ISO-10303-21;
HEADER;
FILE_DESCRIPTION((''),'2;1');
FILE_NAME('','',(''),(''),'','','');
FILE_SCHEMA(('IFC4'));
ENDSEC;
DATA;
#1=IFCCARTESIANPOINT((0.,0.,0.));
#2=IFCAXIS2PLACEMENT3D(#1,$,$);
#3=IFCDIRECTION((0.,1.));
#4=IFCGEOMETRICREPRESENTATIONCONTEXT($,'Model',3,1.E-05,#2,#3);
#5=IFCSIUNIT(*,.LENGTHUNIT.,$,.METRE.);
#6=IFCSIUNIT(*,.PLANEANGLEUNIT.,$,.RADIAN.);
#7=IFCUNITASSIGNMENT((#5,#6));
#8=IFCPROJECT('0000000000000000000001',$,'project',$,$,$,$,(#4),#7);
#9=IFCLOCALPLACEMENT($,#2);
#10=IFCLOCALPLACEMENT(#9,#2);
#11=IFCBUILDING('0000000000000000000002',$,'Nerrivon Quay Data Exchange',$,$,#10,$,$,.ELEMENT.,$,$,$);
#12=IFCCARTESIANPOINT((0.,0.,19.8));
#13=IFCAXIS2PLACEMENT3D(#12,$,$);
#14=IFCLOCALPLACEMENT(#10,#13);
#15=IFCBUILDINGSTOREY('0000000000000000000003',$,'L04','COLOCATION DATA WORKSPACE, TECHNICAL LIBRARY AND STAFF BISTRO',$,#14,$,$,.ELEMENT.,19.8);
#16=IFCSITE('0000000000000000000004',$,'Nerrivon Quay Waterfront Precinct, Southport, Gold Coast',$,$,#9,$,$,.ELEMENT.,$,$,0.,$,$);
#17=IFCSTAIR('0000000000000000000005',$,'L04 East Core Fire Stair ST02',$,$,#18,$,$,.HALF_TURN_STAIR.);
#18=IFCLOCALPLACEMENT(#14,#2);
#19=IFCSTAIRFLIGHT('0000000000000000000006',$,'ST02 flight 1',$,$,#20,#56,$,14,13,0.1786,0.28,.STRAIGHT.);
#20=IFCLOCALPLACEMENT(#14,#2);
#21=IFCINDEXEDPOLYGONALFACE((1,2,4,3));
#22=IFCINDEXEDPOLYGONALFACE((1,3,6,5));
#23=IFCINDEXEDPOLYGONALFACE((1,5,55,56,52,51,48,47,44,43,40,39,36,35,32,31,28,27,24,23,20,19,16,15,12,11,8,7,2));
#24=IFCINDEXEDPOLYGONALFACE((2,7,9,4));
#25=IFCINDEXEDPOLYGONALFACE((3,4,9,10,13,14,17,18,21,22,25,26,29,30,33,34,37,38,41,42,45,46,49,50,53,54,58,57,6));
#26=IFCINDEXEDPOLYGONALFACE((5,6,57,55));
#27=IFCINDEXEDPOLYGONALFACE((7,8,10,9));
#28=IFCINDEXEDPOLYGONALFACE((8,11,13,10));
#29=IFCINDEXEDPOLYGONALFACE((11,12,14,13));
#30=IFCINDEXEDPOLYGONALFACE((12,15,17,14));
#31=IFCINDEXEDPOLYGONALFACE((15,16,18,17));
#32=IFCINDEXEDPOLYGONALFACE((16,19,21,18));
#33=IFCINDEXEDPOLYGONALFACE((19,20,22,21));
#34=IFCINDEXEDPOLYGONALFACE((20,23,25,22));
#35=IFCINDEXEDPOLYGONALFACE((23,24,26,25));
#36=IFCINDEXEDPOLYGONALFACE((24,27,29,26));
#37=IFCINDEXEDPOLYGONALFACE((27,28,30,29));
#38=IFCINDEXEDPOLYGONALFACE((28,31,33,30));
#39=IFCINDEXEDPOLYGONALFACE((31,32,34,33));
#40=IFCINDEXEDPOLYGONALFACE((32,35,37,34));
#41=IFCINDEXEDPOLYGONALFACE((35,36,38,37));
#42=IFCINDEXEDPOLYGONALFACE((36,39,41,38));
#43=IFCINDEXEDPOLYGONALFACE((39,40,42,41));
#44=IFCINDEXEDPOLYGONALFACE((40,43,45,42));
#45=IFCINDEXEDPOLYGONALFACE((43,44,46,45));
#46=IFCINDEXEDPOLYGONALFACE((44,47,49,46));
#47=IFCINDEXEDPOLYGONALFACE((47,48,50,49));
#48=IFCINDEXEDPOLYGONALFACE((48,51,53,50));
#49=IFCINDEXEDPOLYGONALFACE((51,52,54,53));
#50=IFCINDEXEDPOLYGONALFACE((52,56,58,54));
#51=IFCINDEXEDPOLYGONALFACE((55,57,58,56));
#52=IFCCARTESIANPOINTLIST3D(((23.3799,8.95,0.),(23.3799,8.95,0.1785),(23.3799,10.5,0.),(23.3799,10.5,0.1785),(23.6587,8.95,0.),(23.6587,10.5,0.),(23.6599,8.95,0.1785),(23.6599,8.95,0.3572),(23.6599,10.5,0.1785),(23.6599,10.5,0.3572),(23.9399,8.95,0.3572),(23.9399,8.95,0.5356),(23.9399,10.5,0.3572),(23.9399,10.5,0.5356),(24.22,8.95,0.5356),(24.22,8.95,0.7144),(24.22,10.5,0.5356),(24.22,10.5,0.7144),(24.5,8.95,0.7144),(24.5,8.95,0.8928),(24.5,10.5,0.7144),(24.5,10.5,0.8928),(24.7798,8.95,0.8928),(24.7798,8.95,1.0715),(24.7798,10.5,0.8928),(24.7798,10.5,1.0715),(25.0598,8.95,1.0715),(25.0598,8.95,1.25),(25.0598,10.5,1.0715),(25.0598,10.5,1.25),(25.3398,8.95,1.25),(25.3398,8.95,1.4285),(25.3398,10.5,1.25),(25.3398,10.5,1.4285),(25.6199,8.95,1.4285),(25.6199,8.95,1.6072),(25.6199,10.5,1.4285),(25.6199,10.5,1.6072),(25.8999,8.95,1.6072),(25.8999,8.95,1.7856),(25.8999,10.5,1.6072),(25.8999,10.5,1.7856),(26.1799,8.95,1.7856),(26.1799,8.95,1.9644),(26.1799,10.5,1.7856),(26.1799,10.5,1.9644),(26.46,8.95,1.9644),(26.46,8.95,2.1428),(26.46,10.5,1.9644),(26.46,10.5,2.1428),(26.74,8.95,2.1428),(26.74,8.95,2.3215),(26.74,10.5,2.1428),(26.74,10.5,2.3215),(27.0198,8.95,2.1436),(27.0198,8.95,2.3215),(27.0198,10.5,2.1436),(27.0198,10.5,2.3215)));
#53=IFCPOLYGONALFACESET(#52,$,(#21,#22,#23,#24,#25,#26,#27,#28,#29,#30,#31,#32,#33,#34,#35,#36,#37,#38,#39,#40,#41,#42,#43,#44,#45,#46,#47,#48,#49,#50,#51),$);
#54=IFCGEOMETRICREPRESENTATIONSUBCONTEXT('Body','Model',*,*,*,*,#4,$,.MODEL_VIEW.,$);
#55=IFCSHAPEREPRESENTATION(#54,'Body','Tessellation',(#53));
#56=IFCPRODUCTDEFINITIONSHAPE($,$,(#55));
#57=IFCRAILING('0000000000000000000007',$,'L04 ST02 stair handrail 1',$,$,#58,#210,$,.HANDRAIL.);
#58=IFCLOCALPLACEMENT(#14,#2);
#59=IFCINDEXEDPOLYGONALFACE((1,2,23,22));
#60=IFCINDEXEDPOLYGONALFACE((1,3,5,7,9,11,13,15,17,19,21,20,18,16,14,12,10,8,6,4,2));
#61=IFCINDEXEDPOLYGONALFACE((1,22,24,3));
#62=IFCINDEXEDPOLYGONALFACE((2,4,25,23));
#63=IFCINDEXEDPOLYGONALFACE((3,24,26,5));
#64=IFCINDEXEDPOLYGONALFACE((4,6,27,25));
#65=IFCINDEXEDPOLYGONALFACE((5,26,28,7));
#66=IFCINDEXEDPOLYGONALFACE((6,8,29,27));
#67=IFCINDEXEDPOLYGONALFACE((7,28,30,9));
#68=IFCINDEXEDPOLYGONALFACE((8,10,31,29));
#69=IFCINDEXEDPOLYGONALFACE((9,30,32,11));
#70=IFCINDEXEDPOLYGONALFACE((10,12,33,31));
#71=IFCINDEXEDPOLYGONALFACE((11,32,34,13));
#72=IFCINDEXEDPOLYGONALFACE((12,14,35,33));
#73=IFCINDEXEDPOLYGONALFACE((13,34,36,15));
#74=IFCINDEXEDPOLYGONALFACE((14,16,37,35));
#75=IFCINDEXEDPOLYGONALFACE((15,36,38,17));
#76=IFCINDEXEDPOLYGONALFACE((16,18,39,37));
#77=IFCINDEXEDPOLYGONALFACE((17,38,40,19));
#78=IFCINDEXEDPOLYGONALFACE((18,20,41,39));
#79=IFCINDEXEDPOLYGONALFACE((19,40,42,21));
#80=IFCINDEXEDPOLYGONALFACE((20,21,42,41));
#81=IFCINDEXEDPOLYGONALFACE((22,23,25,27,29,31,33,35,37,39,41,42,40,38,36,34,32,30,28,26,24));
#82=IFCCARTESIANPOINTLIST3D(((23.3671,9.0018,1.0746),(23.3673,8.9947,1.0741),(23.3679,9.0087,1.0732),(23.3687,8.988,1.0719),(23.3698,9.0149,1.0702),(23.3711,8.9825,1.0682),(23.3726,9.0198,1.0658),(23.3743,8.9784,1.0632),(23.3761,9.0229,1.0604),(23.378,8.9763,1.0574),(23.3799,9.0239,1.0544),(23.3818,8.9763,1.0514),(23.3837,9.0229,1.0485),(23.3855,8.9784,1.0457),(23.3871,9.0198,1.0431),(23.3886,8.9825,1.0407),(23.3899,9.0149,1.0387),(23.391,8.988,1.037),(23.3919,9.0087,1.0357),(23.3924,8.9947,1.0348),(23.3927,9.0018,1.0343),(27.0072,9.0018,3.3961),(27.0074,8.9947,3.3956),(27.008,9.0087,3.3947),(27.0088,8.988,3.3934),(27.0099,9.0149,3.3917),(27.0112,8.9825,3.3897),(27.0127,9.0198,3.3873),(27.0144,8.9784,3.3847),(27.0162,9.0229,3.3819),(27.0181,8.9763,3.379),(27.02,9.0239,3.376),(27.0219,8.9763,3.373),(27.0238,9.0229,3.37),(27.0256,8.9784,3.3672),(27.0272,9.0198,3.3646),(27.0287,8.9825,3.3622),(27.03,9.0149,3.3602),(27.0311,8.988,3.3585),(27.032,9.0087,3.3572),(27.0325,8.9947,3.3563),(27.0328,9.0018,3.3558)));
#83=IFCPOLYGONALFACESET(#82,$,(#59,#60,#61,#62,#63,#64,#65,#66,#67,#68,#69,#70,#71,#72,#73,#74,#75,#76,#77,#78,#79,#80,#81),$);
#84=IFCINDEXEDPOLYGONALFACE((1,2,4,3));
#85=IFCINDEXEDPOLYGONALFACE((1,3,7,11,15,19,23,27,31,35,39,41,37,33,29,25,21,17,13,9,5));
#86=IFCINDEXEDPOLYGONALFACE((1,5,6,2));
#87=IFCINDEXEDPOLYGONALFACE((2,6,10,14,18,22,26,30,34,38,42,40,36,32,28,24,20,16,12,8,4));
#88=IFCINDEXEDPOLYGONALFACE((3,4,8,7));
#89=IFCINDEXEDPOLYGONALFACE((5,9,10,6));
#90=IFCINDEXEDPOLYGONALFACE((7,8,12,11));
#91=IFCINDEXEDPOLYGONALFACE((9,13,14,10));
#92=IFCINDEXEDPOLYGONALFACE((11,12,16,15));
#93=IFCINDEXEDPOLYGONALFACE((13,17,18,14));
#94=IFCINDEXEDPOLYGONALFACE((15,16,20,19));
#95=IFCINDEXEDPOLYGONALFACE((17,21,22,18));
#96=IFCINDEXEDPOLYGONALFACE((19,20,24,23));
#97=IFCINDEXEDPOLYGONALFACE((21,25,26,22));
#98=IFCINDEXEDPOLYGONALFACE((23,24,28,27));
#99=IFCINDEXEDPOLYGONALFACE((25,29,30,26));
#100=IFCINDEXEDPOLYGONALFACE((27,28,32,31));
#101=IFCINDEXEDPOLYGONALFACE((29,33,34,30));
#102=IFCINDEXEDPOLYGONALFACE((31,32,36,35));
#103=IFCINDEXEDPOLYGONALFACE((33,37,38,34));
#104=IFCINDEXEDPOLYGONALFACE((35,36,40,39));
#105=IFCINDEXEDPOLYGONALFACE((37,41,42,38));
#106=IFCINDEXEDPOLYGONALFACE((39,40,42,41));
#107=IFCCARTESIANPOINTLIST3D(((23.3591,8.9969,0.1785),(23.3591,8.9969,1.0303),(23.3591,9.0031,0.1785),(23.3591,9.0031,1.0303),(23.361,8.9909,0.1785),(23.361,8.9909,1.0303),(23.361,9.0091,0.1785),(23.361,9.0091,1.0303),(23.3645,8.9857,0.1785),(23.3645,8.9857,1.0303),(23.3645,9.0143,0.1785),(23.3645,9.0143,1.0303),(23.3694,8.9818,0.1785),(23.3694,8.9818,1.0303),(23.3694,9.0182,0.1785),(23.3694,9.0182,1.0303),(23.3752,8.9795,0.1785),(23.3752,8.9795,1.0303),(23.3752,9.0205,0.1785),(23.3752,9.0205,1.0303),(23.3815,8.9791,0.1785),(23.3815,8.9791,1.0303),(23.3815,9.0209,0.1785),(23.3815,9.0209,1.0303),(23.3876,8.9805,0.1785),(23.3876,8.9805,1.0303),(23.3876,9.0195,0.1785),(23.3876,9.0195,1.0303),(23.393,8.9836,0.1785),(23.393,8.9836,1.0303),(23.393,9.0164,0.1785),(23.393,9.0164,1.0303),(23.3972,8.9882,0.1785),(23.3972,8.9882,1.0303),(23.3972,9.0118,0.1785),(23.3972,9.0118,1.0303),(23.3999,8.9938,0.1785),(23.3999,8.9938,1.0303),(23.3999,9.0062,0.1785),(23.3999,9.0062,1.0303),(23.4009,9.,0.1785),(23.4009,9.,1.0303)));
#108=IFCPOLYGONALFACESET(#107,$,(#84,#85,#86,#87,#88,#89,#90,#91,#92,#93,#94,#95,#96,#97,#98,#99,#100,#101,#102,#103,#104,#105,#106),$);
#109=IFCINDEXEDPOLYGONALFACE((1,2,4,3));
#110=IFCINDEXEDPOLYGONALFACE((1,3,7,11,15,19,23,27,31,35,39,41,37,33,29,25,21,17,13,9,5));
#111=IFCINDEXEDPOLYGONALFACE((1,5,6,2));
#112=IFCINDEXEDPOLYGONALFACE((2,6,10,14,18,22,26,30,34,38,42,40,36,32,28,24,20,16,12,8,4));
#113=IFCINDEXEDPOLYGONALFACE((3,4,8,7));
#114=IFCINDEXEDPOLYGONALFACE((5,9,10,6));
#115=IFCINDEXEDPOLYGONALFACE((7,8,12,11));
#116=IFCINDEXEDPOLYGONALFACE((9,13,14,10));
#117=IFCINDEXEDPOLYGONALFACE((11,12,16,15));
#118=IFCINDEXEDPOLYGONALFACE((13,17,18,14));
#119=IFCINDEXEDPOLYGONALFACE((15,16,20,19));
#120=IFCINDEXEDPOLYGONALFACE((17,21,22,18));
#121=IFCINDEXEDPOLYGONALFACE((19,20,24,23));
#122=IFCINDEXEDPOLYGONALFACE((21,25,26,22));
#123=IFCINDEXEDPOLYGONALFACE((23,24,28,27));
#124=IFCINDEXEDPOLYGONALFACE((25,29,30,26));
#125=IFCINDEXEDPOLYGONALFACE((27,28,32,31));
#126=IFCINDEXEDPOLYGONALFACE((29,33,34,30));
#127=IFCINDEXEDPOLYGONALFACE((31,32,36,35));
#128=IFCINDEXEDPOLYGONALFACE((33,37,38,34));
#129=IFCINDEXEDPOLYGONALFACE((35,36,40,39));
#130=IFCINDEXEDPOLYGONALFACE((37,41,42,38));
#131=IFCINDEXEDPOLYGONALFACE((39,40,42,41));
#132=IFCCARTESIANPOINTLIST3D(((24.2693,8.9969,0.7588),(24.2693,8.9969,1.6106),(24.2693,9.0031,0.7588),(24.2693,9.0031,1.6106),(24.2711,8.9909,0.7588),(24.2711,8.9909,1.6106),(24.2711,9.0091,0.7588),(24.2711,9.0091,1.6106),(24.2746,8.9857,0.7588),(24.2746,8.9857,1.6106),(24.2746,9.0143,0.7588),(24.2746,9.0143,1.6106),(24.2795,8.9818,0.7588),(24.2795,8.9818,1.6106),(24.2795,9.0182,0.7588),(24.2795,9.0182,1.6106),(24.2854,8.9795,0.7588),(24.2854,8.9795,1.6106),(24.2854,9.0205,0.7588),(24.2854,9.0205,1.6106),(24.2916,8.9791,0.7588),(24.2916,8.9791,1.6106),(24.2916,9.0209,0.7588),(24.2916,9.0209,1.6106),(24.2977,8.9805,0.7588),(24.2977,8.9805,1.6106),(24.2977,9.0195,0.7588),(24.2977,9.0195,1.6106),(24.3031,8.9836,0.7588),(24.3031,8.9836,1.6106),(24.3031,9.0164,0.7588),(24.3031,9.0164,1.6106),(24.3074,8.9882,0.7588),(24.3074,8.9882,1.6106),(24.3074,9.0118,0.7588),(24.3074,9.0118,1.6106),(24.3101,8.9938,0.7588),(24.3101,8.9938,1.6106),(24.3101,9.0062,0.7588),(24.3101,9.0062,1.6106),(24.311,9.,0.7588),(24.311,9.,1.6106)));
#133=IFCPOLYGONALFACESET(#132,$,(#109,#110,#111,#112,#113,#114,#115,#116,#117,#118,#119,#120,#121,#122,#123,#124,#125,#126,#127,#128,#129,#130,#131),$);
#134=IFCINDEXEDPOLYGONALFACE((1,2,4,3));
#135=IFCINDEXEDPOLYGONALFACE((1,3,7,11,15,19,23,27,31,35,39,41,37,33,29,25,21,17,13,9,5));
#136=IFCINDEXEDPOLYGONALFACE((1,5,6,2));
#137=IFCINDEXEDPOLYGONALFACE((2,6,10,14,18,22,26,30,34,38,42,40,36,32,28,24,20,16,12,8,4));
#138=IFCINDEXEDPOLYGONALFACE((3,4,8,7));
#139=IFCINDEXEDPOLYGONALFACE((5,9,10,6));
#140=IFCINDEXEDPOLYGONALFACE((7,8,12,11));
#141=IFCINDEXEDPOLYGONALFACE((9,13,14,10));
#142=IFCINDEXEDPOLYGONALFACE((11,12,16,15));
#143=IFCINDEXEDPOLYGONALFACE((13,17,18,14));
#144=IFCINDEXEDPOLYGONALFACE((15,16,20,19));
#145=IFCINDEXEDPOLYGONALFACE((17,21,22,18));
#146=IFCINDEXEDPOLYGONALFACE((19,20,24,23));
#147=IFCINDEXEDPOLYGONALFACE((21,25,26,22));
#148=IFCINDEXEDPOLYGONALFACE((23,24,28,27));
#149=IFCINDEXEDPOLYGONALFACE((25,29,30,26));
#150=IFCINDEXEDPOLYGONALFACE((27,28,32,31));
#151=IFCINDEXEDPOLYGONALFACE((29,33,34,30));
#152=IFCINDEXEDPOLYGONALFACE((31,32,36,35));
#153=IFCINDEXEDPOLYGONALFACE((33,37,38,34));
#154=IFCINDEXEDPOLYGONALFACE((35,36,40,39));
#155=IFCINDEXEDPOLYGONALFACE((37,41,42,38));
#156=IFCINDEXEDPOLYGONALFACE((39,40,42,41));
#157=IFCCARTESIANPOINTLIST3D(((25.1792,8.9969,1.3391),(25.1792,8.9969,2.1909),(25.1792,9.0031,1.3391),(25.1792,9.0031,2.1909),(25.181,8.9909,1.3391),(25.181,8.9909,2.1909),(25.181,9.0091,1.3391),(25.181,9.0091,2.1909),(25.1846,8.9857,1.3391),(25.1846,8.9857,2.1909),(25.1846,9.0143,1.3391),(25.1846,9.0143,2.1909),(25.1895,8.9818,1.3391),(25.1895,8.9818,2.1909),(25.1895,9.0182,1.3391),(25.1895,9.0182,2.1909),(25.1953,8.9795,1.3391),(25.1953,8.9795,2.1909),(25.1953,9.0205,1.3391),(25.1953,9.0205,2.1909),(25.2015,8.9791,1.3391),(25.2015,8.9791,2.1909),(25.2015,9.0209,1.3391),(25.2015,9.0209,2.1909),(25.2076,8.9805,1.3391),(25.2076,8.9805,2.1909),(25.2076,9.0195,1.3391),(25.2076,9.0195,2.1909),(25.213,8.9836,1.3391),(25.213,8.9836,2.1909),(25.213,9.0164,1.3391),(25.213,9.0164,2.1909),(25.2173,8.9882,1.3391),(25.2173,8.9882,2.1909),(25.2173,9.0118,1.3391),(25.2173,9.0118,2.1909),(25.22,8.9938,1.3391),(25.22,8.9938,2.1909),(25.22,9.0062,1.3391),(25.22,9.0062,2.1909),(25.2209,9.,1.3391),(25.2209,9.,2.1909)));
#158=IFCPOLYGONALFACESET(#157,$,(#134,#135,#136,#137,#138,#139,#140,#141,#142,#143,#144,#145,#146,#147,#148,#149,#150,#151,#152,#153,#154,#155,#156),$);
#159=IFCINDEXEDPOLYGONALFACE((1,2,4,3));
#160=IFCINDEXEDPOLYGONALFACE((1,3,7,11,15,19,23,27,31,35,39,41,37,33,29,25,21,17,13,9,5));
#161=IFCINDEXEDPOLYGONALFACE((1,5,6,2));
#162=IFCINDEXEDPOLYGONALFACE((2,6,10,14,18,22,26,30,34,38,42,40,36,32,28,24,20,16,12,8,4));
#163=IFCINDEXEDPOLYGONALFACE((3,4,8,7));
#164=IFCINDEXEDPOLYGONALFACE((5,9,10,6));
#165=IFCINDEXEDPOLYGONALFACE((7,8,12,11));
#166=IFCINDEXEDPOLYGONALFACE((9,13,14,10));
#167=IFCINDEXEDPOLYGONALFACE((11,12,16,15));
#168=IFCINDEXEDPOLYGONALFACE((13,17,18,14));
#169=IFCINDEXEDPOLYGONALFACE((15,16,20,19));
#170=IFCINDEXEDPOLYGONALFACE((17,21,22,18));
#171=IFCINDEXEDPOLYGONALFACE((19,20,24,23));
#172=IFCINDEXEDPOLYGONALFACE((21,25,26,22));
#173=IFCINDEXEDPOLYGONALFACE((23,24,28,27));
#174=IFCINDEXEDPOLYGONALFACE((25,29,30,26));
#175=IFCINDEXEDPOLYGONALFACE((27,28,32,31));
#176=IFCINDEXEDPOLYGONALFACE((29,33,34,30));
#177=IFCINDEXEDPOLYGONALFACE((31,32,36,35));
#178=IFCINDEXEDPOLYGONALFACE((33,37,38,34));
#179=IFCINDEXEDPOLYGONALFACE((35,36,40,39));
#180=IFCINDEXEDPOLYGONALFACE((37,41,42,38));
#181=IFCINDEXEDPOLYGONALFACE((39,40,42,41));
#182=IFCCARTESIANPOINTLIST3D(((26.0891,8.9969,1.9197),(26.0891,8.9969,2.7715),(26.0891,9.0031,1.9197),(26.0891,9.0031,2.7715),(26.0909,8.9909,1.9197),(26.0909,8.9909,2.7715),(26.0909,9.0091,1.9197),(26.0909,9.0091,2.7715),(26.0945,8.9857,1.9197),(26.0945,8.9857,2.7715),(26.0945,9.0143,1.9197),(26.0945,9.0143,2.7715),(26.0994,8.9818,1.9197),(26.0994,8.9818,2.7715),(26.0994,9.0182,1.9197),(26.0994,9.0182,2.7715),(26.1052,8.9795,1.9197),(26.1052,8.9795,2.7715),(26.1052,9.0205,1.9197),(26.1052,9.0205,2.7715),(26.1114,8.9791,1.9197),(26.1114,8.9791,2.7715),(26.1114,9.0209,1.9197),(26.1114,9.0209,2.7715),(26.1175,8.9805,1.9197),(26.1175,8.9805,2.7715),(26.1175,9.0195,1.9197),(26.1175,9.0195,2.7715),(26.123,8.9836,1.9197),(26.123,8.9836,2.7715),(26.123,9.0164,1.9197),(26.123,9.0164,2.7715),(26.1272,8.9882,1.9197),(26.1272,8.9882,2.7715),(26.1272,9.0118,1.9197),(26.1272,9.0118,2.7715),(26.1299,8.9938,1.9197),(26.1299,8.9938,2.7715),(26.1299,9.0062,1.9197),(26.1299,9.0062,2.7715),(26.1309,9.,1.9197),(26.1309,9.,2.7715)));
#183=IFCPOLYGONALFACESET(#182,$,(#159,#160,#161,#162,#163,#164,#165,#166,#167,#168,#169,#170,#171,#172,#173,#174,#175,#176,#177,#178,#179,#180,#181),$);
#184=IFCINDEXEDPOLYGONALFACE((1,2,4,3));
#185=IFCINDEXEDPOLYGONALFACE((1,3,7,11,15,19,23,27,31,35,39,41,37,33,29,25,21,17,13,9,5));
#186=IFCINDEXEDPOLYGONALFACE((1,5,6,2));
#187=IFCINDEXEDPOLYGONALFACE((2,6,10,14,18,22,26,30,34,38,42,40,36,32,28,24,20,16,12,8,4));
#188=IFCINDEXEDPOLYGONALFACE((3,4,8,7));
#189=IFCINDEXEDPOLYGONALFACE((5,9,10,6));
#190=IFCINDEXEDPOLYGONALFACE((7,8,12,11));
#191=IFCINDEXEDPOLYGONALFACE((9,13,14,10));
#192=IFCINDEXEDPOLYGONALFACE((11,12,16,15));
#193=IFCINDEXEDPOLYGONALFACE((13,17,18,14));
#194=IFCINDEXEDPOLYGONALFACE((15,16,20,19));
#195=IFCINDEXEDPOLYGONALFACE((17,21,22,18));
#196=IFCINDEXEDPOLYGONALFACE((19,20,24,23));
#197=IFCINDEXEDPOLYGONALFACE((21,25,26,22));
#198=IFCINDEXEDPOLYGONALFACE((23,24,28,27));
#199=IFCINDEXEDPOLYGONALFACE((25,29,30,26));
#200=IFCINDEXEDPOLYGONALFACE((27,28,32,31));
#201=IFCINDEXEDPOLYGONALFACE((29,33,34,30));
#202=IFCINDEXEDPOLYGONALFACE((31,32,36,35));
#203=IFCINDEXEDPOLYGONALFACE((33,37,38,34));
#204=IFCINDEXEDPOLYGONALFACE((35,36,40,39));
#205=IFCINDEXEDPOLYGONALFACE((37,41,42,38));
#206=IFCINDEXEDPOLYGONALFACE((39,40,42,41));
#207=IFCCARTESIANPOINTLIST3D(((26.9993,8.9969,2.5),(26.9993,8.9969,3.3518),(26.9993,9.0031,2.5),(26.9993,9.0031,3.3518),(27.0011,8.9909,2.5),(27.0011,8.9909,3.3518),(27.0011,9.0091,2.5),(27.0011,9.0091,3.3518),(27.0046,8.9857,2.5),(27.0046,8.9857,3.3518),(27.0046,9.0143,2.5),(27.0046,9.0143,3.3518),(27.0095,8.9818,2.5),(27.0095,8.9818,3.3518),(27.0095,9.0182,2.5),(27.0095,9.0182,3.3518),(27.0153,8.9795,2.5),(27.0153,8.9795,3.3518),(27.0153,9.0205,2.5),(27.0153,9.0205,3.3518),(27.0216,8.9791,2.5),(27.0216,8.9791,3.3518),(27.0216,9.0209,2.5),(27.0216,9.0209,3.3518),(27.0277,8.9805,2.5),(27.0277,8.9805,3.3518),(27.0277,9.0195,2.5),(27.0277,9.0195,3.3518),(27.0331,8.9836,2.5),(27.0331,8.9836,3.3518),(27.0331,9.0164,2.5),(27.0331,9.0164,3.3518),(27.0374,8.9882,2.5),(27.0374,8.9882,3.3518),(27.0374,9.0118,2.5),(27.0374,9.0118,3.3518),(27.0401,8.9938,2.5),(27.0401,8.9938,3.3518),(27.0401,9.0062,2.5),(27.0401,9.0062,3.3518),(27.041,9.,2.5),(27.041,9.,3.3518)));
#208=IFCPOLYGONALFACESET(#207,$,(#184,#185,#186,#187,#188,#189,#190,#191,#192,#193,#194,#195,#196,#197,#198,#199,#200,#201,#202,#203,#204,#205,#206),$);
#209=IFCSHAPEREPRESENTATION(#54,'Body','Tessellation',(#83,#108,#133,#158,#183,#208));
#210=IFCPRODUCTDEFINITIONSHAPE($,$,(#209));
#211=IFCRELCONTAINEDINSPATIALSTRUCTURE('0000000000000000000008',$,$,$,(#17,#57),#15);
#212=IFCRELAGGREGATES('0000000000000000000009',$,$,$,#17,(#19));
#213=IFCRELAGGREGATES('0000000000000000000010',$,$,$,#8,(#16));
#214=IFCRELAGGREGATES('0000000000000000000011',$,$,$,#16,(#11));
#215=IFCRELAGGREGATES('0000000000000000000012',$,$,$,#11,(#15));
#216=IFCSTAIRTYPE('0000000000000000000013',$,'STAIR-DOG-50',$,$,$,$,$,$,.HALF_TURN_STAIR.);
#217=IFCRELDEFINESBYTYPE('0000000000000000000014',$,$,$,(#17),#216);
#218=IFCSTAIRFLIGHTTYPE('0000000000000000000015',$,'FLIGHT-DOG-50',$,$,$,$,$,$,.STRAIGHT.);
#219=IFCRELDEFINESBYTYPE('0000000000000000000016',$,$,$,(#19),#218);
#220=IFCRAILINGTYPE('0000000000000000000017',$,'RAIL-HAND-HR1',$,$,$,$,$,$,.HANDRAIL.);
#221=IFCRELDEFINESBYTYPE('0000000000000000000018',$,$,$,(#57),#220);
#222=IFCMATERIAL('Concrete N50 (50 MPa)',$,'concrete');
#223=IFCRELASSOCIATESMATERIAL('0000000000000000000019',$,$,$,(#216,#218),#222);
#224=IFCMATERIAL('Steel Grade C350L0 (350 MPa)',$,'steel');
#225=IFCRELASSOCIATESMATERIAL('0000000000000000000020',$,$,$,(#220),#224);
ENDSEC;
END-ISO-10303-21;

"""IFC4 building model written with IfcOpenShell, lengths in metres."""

from ifc_helpers import new_model, si_unit, direction, frame, origin, origin_2d, place, context, subcontext, project, spatial, polyline, circle, outline, extrude, material, type_object, element, aggregate, save


model = new_model("IFC4")

# Units and contexts
model_context = context("Model", 3, precision=1e-05, world=origin(), true_north=direction((0.0, 1.0)))
body_context = subcontext(model_context, "Body", "Model", "MODEL_VIEW")
ifc_project = project(units=[si_unit("LENGTHUNIT", "METRE"), si_unit("PLANEANGLEUNIT", "RADIAN")], contexts=[model_context])

# Site, building, storey
site_placement = place(None, origin())
site = spatial("IfcSite", under=ifc_project, at=site_placement, Name="Nerrivon Quay Waterfront Precinct, Southport, Gold Coast", CompositionType="ELEMENT", RefElevation=0.0)
building_placement = place(site_placement, origin())
building = spatial("IfcBuilding", under=site, at=building_placement, Name="Nerrivon Quay Data Exchange", CompositionType="ELEMENT")
storey_placement = place(building_placement, frame((0.0, 0.0, 19.8)))
storey = spatial("IfcBuildingStorey", under=building, at=storey_placement, Name="L04", Description="COLOCATION DATA WORKSPACE, TECHNICAL LIBRARY AND STAFF BISTRO", CompositionType="ELEMENT", Elevation=19.8)

# Shared definitions
ifc_material_1 = material(Name="Concrete N50 (50 MPa)", Category="concrete")

# Stair, stair flight
stair_type = type_object("IfcStairType", Name="STAIR-DOG-50", PredefinedType="HALF_TURN_STAIR", material=ifc_material_1)
stair_placement = place(storey_placement, origin())
stair = element("IfcStair", 1, at=stair_placement, inside=storey, type_object=stair_type, Name="L04 East Core Fire Stair ST02", PredefinedType="HALF_TURN_STAIR")
stair_flight_type = type_object("IfcStairFlightType", Name="FLIGHT-DOG-50", PredefinedType="STRAIGHT", material=ifc_material_1)
stair_flight_placement = place(storey_placement, frame((23.3799, 9.7251, 0.0), z_axis=(0.0, 0.0, 1.0), x_axis=(1.0, 0.0, 0.0)))
stair_flight = element("IfcStairFlight", 2, at=stair_flight_placement, type_object=stair_flight_type, Name="ST02 flight 1", NumberOfRisers=14, NumberOfTreads=13, PredefinedType="STRAIGHT", RiserHeight=0.1786, TreadLength=0.28, context=body_context, shape_type="SweptSolid", body=[
    extrude(outline(polyline([(0.0, 0.0), (0.0, 0.1785), (0.28, 0.1785), (0.28, 0.3572), (0.5601, 0.3572), (0.5601, 0.5356), (0.8401, 0.5356), (0.8401, 0.7144), (1.1201, 0.7144), (1.1201, 0.8928), (1.3999, 0.8928), (1.3999, 1.0715), (1.6799, 1.0715), (1.6799, 1.25), (1.96, 1.25), (1.96, 1.4285), (2.24, 1.4285), (2.24, 1.6072), (2.52, 1.6072), (2.52, 1.7856), (2.8, 1.7856), (2.8, 1.9644), (3.0801, 1.9644), (3.0801, 2.1428), (3.3601, 2.1428), (3.3601, 2.3215), (3.6399, 2.3215), (3.6399, 2.5), (3.6399, 2.1436), (0.2788, 0.0), (0.0, 0.0)])), frame((0.0, 0.7749, 0.0), z_axis=(0.0, -1.0, 0.0), x_axis=(1.0, 0.0, 0.0)), (0.0, 0.0, 1.0), 1.55),
])
aggregate(stair, [stair_flight])

# Railing
ifc_material_2 = material(Name="Steel Grade C350L0 (350 MPa)", Category="steel")
railing_type = type_object("IfcRailingType", Name="RAIL-HAND-HR1", PredefinedType="HANDRAIL", material=ifc_material_2)
railing_placement = place(storey_placement, frame((23.3799, 9.0, 0.1785)))
element("IfcRailing", 3, at=railing_placement, inside=storey, type_object=railing_type, Name="L04 ST02 stair handrail 1", PredefinedType="HANDRAIL", context=body_context, shape_type="SweptSolid", body=[
    extrude(circle(Radius=0.0239, at=origin_2d()), frame((0.0, 0.0, 0.876), z_axis=(0.843128, 0.0, 0.537713), x_axis=(0.0, 1.0, 0.0)), (0.0, 0.0, 1.0), 4.3174),
    extrude(circle(Radius=0.021, at=origin_2d()), origin(), (0.0, 0.0, 1.0), 0.8518),
    extrude(circle(Radius=0.021, at=origin_2d()), frame((0.9102, 0.0, 0.5803)), (0.0, 0.0, 1.0), 0.8518),
    extrude(circle(Radius=0.021, at=origin_2d()), frame((1.8201, 0.0, 1.1606)), (0.0, 0.0, 1.0), 0.8518),
    extrude(circle(Radius=0.021, at=origin_2d()), frame((2.73, 0.0, 1.7412)), (0.0, 0.0, 1.0), 0.8518),
    extrude(circle(Radius=0.021, at=origin_2d()), frame((3.6401, 0.0, 2.3215)), (0.0, 0.0, 1.0), 0.8518),
])

save(model, "model.ifc")
